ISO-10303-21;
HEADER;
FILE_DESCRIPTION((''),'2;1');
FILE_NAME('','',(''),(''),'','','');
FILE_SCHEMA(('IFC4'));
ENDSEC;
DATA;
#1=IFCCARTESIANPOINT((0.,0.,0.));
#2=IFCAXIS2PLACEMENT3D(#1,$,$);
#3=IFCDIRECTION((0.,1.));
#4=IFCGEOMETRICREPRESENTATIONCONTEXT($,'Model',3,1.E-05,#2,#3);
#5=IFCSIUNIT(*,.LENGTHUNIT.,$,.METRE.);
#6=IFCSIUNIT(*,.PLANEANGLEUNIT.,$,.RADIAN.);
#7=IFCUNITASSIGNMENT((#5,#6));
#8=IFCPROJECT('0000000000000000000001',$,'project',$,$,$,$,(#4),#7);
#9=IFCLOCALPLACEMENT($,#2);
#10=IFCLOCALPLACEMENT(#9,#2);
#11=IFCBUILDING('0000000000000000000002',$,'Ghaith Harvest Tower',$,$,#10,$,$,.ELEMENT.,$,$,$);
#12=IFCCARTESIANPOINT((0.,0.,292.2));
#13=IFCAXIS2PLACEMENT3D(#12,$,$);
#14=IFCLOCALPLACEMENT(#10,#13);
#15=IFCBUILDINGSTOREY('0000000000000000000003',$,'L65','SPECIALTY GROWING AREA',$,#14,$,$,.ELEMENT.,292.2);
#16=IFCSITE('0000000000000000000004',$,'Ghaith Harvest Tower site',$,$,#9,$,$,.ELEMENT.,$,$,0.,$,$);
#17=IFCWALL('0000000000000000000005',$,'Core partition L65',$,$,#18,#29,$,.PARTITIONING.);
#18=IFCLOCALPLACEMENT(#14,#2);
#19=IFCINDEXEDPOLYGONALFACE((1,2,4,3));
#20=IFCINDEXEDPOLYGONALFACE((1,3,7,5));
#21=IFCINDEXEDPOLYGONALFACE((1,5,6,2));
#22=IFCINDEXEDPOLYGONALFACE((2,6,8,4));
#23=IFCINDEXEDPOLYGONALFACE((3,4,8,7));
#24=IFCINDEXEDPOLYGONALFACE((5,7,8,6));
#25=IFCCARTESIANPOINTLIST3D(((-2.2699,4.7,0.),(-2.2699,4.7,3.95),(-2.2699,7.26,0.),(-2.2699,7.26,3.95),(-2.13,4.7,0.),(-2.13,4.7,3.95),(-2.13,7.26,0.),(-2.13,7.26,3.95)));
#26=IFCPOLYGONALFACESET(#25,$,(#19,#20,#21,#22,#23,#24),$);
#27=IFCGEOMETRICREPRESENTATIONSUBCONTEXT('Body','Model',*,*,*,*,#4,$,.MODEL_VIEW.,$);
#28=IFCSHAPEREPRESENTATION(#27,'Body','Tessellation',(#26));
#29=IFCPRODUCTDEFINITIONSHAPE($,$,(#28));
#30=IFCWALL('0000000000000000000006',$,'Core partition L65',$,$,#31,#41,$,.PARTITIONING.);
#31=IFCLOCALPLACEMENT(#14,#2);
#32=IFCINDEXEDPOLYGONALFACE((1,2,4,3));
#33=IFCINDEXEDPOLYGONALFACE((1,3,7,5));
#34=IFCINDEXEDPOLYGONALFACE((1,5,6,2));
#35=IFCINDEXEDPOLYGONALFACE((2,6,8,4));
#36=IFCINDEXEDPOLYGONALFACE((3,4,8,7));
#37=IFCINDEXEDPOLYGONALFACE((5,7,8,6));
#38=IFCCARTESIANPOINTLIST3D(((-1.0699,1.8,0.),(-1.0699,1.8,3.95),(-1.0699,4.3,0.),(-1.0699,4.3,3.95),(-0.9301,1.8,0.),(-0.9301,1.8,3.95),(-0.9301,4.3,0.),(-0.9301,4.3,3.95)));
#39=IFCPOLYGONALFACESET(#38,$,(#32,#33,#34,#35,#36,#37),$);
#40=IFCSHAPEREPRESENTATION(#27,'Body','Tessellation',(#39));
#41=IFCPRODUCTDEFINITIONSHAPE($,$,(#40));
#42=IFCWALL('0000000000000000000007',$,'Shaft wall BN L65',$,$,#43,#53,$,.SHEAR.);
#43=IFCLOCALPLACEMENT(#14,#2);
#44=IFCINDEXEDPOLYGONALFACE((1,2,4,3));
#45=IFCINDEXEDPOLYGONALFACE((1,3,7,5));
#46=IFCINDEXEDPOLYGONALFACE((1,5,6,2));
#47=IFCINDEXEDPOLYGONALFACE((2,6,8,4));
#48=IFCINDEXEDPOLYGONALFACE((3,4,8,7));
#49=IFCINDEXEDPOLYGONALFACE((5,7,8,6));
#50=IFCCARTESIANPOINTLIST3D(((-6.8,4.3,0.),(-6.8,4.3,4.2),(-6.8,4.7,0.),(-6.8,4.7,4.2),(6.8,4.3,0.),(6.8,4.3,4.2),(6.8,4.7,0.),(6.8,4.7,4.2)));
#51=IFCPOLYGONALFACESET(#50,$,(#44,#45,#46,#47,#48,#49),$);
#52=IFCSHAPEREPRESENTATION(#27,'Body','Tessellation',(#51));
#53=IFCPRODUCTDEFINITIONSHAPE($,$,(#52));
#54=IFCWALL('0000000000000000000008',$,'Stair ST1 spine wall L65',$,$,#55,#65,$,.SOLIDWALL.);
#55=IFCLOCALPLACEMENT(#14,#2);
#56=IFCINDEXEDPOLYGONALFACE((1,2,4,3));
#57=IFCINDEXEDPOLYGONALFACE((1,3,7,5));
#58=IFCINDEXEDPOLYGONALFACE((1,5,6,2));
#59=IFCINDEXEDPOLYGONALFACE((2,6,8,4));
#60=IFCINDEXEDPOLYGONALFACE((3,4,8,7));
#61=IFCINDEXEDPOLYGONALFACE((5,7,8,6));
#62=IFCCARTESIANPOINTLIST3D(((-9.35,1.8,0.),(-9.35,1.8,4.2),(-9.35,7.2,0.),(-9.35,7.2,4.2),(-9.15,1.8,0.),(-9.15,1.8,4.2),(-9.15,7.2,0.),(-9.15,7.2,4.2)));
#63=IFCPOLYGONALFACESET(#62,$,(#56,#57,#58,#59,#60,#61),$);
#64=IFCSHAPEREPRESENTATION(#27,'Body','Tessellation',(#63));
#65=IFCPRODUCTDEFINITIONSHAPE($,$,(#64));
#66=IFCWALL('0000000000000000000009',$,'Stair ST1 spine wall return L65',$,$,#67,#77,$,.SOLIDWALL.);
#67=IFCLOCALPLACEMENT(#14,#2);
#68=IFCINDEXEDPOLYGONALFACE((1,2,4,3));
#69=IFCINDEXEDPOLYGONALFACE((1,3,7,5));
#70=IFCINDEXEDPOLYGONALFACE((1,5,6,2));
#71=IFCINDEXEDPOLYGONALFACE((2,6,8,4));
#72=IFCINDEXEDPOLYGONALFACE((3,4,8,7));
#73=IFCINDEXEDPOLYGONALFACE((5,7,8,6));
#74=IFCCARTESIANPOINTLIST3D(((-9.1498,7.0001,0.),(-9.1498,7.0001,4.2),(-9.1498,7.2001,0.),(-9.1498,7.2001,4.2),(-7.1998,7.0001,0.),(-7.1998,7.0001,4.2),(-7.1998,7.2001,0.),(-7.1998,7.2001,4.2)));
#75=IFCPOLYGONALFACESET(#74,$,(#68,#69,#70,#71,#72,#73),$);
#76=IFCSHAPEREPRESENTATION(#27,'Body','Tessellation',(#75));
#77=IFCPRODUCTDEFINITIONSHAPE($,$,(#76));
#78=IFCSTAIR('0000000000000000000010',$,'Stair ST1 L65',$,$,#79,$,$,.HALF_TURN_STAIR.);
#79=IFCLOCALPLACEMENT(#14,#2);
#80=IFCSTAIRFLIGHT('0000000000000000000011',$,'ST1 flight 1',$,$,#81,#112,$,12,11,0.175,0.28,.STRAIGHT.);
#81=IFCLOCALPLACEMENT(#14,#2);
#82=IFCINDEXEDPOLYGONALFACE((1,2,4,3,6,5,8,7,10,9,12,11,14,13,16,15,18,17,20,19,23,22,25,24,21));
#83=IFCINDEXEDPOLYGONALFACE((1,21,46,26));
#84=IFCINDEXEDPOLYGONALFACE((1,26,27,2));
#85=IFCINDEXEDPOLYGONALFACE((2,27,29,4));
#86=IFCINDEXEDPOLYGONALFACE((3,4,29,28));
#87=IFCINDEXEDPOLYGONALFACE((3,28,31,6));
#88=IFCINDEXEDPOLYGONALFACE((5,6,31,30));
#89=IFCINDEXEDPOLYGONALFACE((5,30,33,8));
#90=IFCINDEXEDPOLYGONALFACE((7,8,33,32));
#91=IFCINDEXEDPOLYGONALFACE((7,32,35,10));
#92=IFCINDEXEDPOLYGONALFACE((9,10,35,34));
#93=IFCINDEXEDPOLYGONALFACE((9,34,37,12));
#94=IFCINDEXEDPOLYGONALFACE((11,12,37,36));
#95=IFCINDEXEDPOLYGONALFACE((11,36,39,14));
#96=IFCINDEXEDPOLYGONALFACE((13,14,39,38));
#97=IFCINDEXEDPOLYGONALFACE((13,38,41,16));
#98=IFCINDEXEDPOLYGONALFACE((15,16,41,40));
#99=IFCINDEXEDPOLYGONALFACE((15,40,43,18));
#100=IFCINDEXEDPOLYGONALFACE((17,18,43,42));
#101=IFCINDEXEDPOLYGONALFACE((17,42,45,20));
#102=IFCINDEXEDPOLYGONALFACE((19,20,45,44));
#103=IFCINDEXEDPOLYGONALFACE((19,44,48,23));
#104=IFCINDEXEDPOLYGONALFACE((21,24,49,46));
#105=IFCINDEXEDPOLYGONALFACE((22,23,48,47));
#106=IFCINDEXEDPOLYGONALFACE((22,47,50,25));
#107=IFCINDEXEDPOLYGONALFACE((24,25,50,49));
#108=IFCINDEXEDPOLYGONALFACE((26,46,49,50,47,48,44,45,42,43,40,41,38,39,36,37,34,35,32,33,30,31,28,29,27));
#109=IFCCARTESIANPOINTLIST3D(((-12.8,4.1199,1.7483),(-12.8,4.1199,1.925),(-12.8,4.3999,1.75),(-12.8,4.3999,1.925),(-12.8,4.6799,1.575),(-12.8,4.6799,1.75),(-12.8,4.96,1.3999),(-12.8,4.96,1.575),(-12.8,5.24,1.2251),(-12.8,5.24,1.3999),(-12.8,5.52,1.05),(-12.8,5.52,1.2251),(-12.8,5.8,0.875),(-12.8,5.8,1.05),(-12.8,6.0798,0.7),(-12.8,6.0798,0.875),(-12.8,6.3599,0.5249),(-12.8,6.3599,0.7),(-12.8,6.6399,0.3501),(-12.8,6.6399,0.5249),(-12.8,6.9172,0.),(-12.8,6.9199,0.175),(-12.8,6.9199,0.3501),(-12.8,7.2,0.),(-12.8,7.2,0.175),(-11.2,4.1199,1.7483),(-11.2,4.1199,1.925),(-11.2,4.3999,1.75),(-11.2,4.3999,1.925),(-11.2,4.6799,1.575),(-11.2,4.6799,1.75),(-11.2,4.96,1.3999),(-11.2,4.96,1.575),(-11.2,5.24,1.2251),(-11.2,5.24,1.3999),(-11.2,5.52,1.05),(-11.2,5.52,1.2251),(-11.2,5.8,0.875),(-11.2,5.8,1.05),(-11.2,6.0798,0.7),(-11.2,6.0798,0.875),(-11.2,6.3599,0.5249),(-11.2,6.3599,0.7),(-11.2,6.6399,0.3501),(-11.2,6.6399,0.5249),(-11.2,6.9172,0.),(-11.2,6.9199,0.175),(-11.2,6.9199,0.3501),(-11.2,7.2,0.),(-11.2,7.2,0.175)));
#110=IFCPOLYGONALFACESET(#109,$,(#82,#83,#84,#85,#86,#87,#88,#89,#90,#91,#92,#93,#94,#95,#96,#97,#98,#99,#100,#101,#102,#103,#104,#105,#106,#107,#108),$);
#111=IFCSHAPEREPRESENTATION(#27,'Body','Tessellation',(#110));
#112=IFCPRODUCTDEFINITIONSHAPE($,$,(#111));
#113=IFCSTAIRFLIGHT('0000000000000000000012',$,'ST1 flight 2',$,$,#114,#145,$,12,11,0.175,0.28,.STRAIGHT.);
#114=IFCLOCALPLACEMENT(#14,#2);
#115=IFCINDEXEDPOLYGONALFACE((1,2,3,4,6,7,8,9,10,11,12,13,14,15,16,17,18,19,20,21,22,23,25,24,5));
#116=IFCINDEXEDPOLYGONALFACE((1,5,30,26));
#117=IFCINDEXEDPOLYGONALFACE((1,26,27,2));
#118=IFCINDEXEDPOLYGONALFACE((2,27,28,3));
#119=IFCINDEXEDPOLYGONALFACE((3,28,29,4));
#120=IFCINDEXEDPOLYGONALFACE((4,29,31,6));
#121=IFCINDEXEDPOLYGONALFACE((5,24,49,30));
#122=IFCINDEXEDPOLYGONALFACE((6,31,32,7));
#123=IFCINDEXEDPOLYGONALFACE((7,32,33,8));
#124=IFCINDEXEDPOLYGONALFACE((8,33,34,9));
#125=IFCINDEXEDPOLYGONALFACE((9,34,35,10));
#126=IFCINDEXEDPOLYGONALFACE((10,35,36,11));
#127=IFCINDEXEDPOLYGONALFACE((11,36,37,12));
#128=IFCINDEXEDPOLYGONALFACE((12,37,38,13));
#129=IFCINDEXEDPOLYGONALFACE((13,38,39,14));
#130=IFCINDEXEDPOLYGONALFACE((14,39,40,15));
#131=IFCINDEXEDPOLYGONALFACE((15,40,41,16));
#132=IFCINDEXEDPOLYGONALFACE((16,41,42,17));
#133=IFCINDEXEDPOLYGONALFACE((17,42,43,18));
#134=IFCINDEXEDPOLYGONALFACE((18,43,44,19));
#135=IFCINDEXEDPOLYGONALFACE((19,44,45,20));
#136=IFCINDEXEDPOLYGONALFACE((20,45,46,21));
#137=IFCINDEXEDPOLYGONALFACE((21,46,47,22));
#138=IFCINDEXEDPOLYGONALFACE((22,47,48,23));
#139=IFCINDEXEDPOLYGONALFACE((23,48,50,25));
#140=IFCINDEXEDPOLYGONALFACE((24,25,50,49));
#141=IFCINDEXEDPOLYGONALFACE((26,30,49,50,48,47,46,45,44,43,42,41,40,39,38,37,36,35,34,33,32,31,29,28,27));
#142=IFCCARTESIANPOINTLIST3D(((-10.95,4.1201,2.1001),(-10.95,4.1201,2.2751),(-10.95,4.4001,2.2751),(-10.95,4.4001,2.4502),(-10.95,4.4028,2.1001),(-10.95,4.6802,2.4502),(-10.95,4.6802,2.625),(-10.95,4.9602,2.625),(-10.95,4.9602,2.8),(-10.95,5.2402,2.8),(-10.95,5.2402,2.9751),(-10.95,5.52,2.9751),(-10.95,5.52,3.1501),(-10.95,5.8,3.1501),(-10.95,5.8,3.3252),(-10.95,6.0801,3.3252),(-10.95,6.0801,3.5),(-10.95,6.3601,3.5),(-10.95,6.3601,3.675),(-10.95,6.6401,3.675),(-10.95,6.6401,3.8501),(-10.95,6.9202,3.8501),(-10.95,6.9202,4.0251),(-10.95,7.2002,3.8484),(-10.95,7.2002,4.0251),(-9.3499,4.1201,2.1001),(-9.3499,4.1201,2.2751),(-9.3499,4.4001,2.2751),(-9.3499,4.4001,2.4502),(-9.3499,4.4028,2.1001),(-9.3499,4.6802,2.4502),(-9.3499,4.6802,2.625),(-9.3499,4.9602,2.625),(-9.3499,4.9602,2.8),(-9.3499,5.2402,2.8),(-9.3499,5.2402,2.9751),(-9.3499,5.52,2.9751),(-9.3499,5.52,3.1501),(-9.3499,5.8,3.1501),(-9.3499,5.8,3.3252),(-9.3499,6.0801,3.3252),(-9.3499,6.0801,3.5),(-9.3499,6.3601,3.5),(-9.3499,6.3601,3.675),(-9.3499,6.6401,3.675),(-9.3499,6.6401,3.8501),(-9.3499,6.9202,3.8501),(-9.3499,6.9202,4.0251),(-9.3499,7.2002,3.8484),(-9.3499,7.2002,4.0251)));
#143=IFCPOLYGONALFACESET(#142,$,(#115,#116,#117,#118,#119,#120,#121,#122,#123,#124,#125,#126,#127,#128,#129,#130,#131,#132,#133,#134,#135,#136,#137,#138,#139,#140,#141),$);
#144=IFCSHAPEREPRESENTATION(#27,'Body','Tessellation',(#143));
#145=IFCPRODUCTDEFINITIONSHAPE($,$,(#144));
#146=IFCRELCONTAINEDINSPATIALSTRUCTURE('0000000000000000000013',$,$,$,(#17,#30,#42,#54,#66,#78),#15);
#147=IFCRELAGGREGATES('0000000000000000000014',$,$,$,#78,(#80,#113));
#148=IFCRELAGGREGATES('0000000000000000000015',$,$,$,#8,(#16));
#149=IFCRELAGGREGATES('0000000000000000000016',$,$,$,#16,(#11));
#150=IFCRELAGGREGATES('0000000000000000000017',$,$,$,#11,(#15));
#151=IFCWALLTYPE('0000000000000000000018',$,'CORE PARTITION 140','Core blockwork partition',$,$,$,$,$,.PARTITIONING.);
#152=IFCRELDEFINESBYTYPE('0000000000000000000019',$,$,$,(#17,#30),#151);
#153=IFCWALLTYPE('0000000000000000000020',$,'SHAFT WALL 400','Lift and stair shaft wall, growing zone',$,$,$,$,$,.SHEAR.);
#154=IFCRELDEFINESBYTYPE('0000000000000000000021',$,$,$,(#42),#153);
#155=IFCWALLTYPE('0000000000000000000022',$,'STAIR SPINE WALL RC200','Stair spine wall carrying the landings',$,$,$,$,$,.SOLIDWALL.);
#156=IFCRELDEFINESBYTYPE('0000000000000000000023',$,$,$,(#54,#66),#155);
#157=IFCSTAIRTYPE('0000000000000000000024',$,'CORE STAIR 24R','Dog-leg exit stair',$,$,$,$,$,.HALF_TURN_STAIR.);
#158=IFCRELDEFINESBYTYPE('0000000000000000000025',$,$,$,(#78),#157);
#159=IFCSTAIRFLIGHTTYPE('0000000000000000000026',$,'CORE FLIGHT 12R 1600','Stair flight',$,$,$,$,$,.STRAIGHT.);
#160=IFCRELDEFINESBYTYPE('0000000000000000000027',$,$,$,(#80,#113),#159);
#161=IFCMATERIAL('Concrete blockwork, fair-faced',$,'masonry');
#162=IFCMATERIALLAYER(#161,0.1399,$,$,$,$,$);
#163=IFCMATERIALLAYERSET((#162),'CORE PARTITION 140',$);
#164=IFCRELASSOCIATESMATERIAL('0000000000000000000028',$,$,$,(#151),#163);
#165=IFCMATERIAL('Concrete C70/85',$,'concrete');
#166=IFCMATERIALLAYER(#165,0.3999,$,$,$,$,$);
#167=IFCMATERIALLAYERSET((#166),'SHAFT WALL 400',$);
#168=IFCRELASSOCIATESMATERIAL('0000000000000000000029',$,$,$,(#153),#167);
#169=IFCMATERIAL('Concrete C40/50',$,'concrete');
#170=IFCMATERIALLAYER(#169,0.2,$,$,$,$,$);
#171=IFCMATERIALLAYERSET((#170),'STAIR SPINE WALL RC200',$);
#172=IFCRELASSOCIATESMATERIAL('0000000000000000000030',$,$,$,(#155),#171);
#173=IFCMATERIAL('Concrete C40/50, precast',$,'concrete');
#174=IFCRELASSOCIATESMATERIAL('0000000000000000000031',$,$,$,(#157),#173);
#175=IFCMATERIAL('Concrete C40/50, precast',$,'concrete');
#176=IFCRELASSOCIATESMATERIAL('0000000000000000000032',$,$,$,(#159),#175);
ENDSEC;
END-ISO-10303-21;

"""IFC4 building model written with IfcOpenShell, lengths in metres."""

from ifc_helpers import new_model, si_unit, direction, frame, frame_2d, origin, place, context, subcontext, project, spatial, polyline, rectangle, outline, extrude, material, layer, layer_set, type_object, element, aggregate, save


model = new_model("IFC4")

# Units and contexts
model_context = context("Model", 3, precision=1e-05, world=origin(), true_north=direction((0.0, 1.0)))
body_context = subcontext(model_context, "Body", "Model", "MODEL_VIEW")
ifc_project = project(units=[si_unit("LENGTHUNIT", "METRE"), si_unit("PLANEANGLEUNIT", "RADIAN")], contexts=[model_context])

# Site, building, storey
site_placement = place(None, origin())
site = spatial("IfcSite", under=ifc_project, at=site_placement, Name="Ghaith Harvest Tower site", CompositionType="ELEMENT", RefElevation=0.0)
building_placement = place(site_placement, origin())
building = spatial("IfcBuilding", under=site, at=building_placement, Name="Ghaith Harvest Tower", CompositionType="ELEMENT")
storey_placement = place(building_placement, frame((0.0, 0.0, 292.2)))
storey = spatial("IfcBuildingStorey", under=building, at=storey_placement, Name="L65", Description="SPECIALTY GROWING AREA", CompositionType="ELEMENT", Elevation=292.2)

# Shared definitions
ifc_material_1 = material(Name="Concrete blockwork, fair-faced", Category="masonry")
ifc_layer_1 = layer(ifc_material_1, 0.1399)
ifc_layer_set_1 = layer_set([ifc_layer_1], Name="CORE PARTITION 140")
wall_type_1 = type_object("IfcWallType", Name="CORE PARTITION 140", Description="Core blockwork partition", PredefinedType="PARTITIONING", material=ifc_layer_set_1)

# Walls
wall_1_placement = place(storey_placement, frame((-2.2, 4.7, 0.0), z_axis=(0.0, 0.0, 1.0), x_axis=(0.0, 1.0, 0.0)))
element("IfcWall", 1, at=wall_1_placement, inside=storey, type_object=wall_type_1, Name="Core partition L65", PredefinedType="PARTITIONING", context=body_context, shape_type="SweptSolid", body=[
    extrude(rectangle(XDim=2.5601, YDim=0.1399, at=frame_2d((1.28, 0.0))), origin(), (0.0, 0.0, 1.0), 3.95),
])
wall_2_placement = place(storey_placement, frame((-1.0, 1.8, 0.0), z_axis=(0.0, 0.0, 1.0), x_axis=(0.0, 1.0, 0.0)))
element("IfcWall", 2, at=wall_2_placement, inside=storey, type_object=wall_type_1, Name="Core partition L65", PredefinedType="PARTITIONING", context=body_context, shape_type="SweptSolid", body=[
    extrude(rectangle(XDim=2.5, YDim=0.1399, at=frame_2d((1.25, 0.0))), origin(), (0.0, 0.0, 1.0), 3.95),
])

# Shared definitions
ifc_material_2 = material(Name="Concrete C70/85", Category="concrete")
ifc_layer_2 = layer(ifc_material_2, 0.3999)
ifc_layer_set_2 = layer_set([ifc_layer_2], Name="SHAFT WALL 400")
wall_type_2 = type_object("IfcWallType", Name="SHAFT WALL 400", Description="Lift and stair shaft wall, growing zone", PredefinedType="SHEAR", material=ifc_layer_set_2)

# Walls
wall_3_placement = place(storey_placement, frame((-6.8, 4.5, 0.0), z_axis=(0.0, 0.0, 1.0), x_axis=(1.0, 0.0, 0.0)))
element("IfcWall", 3, at=wall_3_placement, inside=storey, type_object=wall_type_2, Name="Shaft wall BN L65", PredefinedType="SHEAR", context=body_context, shape_type="SweptSolid", body=[
    extrude(rectangle(XDim=13.6001, YDim=0.3999, at=frame_2d((6.8, 0.0))), origin(), (0.0, 0.0, 1.0), 4.2),
])
ifc_material_3 = material(Name="Concrete C40/50", Category="concrete")
ifc_layer_3 = layer(ifc_material_3, 0.2)
ifc_layer_set_3 = layer_set([ifc_layer_3], Name="STAIR SPINE WALL RC200")
wall_type_3 = type_object("IfcWallType", Name="STAIR SPINE WALL RC200", Description="Stair spine wall carrying the landings", PredefinedType="SOLIDWALL", material=ifc_layer_set_3)
wall_4_placement = place(storey_placement, frame((-9.25, 7.2, 0.0), z_axis=(0.0, 0.0, 1.0), x_axis=(0.0, -1.0, 0.0)))
element("IfcWall", 4, at=wall_4_placement, inside=storey, type_object=wall_type_3, Name="Stair ST1 spine wall L65", PredefinedType="SOLIDWALL", context=body_context, shape_type="SweptSolid", body=[
    extrude(rectangle(XDim=5.3999, YDim=0.2, at=frame_2d((2.7, 0.0))), origin(), (0.0, 0.0, 1.0), 4.2),
])
wall_5_placement = place(storey_placement, frame((-9.1499, 7.1001, 0.0), z_axis=(0.0, 0.0, 1.0), x_axis=(1.0, 0.0, 0.0)))
element("IfcWall", 5, at=wall_5_placement, inside=storey, type_object=wall_type_3, Name="Stair ST1 spine wall return L65", PredefinedType="SOLIDWALL", context=body_context, shape_type="SweptSolid", body=[
    extrude(rectangle(XDim=1.95, YDim=0.2, at=frame_2d((0.9751, 0.0))), origin(), (0.0, 0.0, 1.0), 4.2),
])

# Stair, stair flights
ifc_material_4 = material(Name="Concrete C40/50, precast", Category="concrete")
stair_type = type_object("IfcStairType", Name="CORE STAIR 24R", Description="Dog-leg exit stair", PredefinedType="HALF_TURN_STAIR", material=ifc_material_4)
stair_placement = place(storey_placement, origin())
stair = element("IfcStair", 6, at=stair_placement, inside=storey, type_object=stair_type, Name="Stair ST1 L65", PredefinedType="HALF_TURN_STAIR")
ifc_material_5 = material(Name="Concrete C40/50, precast", Category="concrete")
stair_flight_type = type_object("IfcStairFlightType", Name="CORE FLIGHT 12R 1600", Description="Stair flight", PredefinedType="STRAIGHT", material=ifc_material_5)
stair_flight_1_placement = place(storey_placement, frame((-12.0, 7.2, 0.0), z_axis=(0.0, 0.0, 1.0), x_axis=(0.0, -1.0, 0.0)))
stair_flight_1 = element("IfcStairFlight", 7, at=stair_flight_1_placement, type_object=stair_flight_type, Name="ST1 flight 1", NumberOfRisers=12, NumberOfTreads=11, PredefinedType="STRAIGHT", RiserHeight=0.175, TreadLength=0.28, context=body_context, shape_type="SweptSolid", body=[
    extrude(outline(polyline([(0.0, 0.0), (0.0, 0.175), (0.28, 0.175), (0.28, 0.3501), (0.5601, 0.3501), (0.5601, 0.5249), (0.8401, 0.5249), (0.8401, 0.7), (1.1201, 0.7), (1.1201, 0.875), (1.3999, 0.875), (1.3999, 1.05), (1.6799, 1.05), (1.6799, 1.2251), (1.96, 1.2251), (1.96, 1.3999), (2.24, 1.3999), (2.24, 1.575), (2.52, 1.575), (2.52, 1.75), (2.8, 1.75), (2.8, 1.925), (3.0801, 1.925), (3.0801, 2.1001), (3.0801, 1.7483), (0.2827, 0.0), (0.0, 0.0)])), frame((0.0, 0.8, 0.0), z_axis=(0.0, -1.0, 0.0), x_axis=(1.0, 0.0, 0.0)), (0.0, 0.0, 1.0), 1.6001),
])
stair_flight_2_placement = place(storey_placement, frame((-10.1499, 4.1201, 2.1001), z_axis=(0.0, 0.0, 1.0), x_axis=(0.0, 1.0, 0.0)))
stair_flight_2 = element("IfcStairFlight", 8, at=stair_flight_2_placement, type_object=stair_flight_type, Name="ST1 flight 2", NumberOfRisers=12, NumberOfTreads=11, PredefinedType="STRAIGHT", RiserHeight=0.175, TreadLength=0.28, context=body_context, shape_type="SweptSolid", body=[
    extrude(outline(polyline([(0.0, 0.0), (0.0, 0.175), (0.28, 0.175), (0.28, 0.3501), (0.5601, 0.3501), (0.5601, 0.5249), (0.8401, 0.5249), (0.8401, 0.7), (1.1201, 0.7), (1.1201, 0.875), (1.3999, 0.875), (1.3999, 1.05), (1.6799, 1.05), (1.6799, 1.2251), (1.96, 1.2251), (1.96, 1.3999), (2.24, 1.3999), (2.24, 1.575), (2.52, 1.575), (2.52, 1.75), (2.8, 1.75), (2.8, 1.925), (3.0801, 1.925), (3.0801, 2.1001), (3.0801, 1.7483), (0.2827, 0.0), (0.0, 0.0)])), frame((0.0, 0.8, 0.0), z_axis=(0.0, -1.0, 0.0), x_axis=(1.0, 0.0, 0.0)), (0.0, 0.0, 1.0), 1.6001),
])
aggregate(stair, [stair_flight_1, stair_flight_2])

save(model, "model.ifc")
